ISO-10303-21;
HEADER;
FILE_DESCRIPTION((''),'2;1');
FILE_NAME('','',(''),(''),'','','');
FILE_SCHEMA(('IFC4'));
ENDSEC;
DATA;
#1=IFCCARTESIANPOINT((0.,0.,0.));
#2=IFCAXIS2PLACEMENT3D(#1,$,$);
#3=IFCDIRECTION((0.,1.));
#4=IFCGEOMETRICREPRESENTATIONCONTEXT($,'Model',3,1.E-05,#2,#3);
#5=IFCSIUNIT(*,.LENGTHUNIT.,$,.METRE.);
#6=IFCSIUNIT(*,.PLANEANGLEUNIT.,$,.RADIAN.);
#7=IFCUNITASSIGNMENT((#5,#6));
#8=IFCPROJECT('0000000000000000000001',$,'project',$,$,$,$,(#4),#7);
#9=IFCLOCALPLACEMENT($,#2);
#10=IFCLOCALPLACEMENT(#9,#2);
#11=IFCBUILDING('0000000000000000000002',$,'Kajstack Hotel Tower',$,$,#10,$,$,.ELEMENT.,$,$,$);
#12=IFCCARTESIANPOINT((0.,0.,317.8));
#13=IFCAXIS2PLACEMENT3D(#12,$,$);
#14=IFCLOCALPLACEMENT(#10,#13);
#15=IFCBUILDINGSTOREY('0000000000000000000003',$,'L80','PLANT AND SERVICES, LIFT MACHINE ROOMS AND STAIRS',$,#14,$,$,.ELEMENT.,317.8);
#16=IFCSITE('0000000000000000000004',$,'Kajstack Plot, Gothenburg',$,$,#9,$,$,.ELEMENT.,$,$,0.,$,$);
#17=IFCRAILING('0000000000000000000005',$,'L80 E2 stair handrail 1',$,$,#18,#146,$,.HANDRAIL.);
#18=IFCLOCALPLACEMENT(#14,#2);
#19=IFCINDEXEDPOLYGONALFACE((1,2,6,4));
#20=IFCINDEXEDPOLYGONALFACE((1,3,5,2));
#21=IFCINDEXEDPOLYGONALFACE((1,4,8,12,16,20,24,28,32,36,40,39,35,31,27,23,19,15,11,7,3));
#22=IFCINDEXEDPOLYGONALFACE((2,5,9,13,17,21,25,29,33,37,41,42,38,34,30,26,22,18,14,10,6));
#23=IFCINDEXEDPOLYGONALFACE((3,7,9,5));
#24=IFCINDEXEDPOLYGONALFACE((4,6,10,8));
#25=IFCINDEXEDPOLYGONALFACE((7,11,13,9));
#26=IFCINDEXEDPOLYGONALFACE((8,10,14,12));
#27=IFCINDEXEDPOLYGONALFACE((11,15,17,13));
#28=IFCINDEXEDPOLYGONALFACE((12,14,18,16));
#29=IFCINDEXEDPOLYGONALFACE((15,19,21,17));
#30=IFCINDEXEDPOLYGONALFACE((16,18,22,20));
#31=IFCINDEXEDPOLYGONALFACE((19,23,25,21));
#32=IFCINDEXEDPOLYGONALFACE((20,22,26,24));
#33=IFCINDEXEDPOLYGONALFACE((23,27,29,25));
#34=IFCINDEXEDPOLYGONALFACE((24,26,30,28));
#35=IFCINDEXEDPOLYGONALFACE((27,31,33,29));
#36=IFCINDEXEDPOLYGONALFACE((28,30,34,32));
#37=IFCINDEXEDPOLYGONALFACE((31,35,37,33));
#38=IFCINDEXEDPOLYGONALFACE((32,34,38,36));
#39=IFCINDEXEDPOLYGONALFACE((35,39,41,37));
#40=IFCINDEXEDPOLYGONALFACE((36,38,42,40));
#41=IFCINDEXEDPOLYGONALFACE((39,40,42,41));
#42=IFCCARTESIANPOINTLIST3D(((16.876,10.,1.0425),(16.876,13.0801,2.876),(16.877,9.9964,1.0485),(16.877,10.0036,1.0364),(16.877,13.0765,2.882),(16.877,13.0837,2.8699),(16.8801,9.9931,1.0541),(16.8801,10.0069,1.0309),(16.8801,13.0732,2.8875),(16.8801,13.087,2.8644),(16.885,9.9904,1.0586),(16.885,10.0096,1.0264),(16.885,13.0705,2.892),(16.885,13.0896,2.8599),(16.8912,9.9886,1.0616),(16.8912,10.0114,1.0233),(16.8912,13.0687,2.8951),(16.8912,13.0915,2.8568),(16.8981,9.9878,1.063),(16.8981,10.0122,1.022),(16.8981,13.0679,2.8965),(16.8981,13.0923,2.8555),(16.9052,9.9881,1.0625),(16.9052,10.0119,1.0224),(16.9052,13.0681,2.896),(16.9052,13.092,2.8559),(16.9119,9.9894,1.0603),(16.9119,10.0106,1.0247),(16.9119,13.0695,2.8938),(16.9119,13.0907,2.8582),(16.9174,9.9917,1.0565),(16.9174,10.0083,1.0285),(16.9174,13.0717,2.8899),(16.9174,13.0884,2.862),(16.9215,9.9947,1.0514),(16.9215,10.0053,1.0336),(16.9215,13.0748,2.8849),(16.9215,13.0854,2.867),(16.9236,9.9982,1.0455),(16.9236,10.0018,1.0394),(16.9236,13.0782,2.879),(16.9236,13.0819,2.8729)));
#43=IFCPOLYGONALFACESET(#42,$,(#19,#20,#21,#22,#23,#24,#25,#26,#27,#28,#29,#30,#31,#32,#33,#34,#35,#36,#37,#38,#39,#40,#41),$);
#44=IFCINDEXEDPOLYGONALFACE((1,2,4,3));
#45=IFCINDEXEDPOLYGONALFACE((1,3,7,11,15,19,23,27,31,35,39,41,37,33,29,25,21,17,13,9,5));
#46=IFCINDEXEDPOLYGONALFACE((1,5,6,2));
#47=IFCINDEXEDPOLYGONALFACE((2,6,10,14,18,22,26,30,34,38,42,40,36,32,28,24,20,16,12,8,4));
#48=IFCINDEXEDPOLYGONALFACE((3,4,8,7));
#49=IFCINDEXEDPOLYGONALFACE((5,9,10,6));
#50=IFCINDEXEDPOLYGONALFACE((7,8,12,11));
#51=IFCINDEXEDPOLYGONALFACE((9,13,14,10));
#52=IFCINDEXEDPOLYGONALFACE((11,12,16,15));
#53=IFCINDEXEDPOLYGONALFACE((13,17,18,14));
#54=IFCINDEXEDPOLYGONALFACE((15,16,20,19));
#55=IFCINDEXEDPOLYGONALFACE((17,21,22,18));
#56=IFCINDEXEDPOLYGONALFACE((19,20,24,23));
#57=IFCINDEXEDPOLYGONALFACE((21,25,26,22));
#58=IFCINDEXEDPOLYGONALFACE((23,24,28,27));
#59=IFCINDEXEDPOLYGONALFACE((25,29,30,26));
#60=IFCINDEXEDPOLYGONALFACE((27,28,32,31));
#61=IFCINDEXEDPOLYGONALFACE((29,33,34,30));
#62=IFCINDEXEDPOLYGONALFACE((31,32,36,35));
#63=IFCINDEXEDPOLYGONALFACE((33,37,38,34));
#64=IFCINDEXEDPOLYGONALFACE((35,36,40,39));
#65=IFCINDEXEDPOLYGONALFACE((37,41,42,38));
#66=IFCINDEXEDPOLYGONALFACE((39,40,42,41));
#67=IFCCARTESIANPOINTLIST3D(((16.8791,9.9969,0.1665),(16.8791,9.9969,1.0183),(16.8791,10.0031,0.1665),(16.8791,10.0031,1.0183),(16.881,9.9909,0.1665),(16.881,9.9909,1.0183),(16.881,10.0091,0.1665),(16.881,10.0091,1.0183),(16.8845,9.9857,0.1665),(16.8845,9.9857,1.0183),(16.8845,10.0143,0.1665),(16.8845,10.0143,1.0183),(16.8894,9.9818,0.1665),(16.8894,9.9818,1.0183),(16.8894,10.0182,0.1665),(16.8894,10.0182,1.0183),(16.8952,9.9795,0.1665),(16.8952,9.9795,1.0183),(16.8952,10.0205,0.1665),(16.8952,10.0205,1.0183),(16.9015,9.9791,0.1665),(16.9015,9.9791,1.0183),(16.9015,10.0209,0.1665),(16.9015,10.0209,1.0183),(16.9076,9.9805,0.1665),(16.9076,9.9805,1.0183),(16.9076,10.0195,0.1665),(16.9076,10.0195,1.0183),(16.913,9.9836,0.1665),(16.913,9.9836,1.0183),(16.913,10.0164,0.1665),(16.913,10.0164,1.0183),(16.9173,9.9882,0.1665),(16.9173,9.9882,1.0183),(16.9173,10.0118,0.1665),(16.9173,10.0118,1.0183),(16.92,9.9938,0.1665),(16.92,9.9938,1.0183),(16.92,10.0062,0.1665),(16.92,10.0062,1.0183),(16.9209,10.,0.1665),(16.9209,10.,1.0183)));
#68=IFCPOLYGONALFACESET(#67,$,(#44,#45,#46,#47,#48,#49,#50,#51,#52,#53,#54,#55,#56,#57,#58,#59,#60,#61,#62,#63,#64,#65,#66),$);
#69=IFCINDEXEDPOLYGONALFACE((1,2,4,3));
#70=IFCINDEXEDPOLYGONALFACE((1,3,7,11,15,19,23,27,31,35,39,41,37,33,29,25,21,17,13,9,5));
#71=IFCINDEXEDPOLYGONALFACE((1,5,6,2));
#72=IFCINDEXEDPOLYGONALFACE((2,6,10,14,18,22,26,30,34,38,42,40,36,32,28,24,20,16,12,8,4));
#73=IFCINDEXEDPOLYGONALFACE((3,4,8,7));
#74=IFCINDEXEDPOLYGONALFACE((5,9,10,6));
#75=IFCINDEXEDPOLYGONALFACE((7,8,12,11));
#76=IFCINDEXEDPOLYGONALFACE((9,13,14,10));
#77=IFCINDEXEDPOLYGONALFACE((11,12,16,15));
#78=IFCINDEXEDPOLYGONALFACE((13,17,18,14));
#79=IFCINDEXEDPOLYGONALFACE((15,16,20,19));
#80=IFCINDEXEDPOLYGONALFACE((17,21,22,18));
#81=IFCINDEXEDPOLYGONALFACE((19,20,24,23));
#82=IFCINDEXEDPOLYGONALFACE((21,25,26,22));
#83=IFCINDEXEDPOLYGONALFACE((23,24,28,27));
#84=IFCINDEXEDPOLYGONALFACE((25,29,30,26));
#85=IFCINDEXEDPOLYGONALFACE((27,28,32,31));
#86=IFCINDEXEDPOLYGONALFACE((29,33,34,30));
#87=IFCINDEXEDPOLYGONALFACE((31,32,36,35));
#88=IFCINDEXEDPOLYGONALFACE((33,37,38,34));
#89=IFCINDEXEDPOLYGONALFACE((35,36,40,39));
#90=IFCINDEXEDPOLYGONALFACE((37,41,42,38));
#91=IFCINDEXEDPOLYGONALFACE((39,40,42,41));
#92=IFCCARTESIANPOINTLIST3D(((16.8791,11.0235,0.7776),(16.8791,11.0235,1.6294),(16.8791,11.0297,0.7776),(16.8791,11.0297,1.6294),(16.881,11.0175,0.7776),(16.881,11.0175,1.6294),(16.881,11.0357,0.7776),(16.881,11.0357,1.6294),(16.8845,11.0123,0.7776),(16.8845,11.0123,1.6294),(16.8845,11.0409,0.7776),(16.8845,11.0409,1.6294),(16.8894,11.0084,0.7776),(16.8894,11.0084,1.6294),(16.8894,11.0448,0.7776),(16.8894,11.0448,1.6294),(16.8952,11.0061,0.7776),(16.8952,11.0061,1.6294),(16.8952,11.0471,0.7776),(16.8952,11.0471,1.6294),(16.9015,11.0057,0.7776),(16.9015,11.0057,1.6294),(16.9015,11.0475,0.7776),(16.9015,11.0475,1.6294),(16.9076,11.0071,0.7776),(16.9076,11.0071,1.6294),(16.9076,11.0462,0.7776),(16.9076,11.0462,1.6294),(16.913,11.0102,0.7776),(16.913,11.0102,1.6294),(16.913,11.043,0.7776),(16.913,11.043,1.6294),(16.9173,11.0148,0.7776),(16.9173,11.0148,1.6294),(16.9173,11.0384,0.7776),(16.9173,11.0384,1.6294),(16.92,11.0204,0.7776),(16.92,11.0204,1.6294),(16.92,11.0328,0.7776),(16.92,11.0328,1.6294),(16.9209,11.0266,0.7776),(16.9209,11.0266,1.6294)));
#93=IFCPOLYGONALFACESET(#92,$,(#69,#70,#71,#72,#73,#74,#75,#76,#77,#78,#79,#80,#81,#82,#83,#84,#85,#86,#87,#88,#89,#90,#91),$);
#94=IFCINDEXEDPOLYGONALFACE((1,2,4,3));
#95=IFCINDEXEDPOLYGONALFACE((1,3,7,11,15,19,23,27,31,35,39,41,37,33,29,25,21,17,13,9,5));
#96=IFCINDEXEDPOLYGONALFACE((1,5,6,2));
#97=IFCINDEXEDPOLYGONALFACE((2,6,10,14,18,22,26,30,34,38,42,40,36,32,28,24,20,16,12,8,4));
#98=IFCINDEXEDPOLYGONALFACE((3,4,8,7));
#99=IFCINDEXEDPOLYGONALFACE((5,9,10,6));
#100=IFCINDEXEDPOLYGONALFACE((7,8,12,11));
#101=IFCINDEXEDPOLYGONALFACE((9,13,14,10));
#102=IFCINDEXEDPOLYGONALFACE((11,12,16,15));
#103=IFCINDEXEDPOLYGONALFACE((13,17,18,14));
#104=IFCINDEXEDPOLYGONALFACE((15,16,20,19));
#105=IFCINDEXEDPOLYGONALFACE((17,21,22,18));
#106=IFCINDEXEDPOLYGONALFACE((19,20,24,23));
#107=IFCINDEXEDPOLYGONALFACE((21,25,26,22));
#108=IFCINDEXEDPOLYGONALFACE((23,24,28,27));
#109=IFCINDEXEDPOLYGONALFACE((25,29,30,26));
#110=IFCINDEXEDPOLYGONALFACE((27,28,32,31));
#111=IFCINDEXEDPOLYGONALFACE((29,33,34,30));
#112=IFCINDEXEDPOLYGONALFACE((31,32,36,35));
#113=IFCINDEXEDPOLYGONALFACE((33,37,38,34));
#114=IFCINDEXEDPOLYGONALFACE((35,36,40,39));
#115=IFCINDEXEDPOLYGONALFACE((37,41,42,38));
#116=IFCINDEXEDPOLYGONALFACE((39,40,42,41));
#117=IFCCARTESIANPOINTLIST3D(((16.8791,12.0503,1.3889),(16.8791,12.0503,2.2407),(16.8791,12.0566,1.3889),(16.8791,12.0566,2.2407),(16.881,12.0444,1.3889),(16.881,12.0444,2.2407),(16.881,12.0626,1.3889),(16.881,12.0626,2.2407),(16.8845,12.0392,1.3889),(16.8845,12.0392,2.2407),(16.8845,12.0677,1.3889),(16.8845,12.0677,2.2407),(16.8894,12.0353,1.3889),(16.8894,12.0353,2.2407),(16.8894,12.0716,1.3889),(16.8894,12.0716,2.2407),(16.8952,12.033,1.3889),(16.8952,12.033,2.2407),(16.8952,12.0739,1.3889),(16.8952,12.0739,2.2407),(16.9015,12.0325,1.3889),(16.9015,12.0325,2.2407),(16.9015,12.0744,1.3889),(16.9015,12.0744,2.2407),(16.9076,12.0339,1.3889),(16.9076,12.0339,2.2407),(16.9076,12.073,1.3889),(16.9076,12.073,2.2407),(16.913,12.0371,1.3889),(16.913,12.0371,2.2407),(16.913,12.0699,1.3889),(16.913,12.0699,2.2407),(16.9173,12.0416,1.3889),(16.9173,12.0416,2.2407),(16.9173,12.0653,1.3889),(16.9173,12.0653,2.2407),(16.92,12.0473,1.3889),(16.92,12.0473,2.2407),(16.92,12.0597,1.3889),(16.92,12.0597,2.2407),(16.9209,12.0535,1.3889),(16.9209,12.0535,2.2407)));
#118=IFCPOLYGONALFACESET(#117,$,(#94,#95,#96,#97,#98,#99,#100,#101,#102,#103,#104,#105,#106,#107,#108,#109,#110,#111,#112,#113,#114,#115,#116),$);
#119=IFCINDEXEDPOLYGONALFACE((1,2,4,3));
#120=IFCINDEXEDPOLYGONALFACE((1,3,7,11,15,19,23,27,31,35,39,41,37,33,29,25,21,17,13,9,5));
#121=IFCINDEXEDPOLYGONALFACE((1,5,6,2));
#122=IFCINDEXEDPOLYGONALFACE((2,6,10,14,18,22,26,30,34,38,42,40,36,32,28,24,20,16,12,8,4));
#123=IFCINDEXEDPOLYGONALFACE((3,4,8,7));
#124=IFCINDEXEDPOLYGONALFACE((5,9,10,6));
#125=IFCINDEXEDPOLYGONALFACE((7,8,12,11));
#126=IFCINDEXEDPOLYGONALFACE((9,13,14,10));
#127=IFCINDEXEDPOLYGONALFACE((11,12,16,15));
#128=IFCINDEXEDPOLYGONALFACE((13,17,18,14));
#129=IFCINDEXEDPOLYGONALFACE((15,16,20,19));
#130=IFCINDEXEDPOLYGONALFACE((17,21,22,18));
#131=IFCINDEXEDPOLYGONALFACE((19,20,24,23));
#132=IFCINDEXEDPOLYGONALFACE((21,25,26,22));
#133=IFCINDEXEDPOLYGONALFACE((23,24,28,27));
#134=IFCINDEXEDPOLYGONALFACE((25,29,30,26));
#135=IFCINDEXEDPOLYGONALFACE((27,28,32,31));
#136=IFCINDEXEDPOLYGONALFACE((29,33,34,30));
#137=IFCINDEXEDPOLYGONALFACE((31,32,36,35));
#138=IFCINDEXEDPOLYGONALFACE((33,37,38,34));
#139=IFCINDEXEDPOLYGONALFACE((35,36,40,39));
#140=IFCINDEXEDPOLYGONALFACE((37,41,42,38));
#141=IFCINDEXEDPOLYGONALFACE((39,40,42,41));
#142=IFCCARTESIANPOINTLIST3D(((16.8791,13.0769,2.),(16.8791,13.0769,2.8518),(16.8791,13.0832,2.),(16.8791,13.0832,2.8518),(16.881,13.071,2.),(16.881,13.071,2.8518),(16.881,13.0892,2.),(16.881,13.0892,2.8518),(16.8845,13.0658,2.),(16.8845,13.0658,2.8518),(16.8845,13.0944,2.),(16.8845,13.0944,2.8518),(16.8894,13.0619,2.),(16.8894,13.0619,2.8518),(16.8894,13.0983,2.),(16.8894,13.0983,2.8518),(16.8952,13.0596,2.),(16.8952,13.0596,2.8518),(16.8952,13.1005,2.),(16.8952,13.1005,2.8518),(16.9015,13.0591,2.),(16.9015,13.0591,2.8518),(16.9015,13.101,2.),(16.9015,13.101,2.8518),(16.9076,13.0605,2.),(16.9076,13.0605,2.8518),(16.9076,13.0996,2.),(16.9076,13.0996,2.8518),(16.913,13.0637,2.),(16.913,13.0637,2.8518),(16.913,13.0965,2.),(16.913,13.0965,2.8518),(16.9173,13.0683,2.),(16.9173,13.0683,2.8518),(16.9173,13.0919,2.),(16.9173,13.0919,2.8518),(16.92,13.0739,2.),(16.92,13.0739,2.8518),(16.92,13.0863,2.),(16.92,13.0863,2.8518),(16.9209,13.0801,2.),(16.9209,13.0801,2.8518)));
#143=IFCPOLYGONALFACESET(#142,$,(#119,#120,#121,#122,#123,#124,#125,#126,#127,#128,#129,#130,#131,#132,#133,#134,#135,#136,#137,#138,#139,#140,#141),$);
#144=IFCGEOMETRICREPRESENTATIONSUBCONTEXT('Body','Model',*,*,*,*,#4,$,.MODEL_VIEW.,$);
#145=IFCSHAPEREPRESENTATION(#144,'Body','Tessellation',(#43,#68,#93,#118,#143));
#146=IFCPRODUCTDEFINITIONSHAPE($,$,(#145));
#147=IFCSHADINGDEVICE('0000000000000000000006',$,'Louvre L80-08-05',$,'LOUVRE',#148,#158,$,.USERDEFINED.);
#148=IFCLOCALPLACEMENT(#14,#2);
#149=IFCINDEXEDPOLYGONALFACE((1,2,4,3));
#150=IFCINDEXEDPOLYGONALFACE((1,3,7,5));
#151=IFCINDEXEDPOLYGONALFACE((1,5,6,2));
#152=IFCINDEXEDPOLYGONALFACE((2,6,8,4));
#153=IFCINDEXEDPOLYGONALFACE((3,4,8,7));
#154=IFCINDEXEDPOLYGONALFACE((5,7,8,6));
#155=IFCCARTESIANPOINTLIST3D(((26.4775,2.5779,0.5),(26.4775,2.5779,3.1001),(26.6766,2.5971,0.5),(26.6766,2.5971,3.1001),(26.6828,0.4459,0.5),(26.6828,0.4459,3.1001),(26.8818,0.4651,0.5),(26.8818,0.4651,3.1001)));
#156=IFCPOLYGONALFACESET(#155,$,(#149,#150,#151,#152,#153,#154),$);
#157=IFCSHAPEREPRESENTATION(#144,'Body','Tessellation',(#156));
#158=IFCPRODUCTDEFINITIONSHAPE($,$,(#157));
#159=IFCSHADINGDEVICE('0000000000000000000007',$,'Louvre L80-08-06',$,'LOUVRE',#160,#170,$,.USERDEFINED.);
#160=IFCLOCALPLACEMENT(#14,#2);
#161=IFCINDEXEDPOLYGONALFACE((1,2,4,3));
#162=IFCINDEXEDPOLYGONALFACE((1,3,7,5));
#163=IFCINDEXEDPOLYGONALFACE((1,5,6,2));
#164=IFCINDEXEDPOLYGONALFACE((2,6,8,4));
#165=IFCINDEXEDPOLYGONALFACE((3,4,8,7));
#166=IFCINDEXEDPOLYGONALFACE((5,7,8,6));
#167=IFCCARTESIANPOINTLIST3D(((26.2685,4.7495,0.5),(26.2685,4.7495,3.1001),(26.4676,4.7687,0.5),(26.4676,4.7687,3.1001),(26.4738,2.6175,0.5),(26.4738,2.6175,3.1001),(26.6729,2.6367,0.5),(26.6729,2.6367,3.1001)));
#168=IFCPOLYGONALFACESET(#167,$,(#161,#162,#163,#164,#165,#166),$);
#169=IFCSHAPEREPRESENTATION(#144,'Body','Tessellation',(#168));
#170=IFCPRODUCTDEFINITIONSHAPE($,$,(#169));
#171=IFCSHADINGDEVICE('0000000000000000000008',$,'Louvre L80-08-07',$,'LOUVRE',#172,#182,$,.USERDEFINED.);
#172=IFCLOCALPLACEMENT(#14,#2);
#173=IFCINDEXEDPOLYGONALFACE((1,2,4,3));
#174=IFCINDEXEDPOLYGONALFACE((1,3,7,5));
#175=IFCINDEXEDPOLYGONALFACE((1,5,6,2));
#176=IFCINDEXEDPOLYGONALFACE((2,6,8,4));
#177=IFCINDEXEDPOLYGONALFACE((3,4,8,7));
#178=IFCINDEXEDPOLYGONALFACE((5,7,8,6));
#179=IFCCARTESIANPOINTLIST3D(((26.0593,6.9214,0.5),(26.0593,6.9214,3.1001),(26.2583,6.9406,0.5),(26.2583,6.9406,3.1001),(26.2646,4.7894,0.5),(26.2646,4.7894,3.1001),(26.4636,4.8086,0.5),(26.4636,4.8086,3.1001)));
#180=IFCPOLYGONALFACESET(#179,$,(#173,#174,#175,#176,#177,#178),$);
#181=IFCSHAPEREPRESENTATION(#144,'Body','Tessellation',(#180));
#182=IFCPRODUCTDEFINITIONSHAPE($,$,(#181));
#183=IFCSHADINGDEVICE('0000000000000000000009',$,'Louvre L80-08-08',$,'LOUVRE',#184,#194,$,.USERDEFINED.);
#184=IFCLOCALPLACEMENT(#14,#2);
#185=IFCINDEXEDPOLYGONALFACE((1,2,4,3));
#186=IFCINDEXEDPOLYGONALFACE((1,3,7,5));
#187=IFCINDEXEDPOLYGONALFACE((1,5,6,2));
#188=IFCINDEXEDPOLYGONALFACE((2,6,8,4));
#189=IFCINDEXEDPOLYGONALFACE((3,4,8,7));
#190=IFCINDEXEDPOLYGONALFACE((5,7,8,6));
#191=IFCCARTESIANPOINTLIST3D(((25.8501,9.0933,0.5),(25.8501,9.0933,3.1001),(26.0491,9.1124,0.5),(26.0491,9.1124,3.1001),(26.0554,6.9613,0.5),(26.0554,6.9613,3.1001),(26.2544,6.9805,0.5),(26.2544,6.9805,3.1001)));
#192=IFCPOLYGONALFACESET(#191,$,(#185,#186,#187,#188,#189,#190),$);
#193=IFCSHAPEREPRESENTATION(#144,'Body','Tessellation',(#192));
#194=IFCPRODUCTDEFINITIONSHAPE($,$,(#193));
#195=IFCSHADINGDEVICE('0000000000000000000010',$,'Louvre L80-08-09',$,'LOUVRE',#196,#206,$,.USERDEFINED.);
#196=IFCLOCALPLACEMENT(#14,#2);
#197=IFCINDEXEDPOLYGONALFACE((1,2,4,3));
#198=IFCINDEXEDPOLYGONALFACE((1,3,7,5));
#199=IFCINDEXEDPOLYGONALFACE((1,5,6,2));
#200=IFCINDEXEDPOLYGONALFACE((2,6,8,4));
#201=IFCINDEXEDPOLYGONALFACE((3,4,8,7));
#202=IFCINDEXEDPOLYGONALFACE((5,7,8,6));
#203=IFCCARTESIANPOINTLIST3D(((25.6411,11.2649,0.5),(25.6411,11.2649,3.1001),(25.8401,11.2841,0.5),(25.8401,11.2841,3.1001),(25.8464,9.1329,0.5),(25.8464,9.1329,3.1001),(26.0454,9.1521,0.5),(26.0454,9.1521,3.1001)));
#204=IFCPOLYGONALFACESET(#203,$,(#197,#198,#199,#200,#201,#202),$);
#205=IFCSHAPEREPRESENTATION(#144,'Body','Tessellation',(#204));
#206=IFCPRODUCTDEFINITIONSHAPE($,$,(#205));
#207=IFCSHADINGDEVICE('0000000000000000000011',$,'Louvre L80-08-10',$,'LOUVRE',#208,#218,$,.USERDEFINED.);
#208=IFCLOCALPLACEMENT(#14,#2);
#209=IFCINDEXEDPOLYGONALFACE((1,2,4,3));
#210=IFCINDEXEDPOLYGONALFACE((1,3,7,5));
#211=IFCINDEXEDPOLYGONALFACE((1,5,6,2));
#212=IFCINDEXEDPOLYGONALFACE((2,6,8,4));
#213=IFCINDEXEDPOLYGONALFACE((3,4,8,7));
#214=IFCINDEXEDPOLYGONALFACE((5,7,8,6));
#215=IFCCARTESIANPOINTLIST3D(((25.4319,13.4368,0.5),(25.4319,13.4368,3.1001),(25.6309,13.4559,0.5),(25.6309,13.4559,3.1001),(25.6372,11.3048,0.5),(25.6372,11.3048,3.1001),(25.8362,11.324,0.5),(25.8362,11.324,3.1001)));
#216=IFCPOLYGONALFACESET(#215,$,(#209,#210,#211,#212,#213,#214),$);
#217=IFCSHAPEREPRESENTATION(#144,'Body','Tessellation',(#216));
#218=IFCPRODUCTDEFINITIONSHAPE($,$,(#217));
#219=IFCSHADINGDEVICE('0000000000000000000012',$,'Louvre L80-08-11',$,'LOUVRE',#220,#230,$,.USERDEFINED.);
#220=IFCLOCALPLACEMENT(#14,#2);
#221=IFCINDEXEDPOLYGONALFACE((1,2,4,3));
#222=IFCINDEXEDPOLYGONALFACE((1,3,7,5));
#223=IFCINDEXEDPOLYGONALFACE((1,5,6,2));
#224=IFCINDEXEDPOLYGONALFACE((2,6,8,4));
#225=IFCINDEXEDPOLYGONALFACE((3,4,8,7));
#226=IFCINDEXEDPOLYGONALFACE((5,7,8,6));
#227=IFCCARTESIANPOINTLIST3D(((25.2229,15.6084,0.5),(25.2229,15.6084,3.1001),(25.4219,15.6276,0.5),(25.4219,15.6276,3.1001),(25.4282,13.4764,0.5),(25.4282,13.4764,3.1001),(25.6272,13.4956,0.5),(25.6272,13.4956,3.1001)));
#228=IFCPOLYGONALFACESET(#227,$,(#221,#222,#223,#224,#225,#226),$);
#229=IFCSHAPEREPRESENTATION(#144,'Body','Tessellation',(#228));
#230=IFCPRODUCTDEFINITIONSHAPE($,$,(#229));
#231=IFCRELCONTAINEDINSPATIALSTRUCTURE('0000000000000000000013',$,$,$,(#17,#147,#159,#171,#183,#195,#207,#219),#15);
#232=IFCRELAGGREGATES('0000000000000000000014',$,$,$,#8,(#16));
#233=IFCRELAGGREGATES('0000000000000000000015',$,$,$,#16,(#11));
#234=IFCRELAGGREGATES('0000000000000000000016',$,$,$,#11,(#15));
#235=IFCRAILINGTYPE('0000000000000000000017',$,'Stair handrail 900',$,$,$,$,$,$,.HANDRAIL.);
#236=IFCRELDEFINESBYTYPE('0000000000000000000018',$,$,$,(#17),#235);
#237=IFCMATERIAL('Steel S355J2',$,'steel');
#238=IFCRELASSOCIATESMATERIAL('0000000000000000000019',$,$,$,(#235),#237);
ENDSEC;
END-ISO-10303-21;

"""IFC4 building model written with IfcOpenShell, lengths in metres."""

from ifc_helpers import new_model, si_unit, direction, frame, origin, origin_2d, place, context, subcontext, project, spatial, rectangle, circle, extrude, material, type_object, element, save


model = new_model("IFC4")

# Units and contexts
model_context = context("Model", 3, precision=1e-05, world=origin(), true_north=direction((0.0, 1.0)))
body_context = subcontext(model_context, "Body", "Model", "MODEL_VIEW")
ifc_project = project(units=[si_unit("LENGTHUNIT", "METRE"), si_unit("PLANEANGLEUNIT", "RADIAN")], contexts=[model_context])

# Site, building, storey
site_placement = place(None, origin())
site = spatial("IfcSite", under=ifc_project, at=site_placement, Name="Kajstack Plot, Gothenburg", CompositionType="ELEMENT", RefElevation=0.0)
building_placement = place(site_placement, origin())
building = spatial("IfcBuilding", under=site, at=building_placement, Name="Kajstack Hotel Tower", CompositionType="ELEMENT")
storey_placement = place(building_placement, frame((0.0, 0.0, 317.8)))
storey = spatial("IfcBuildingStorey", under=building, at=storey_placement, Name="L80", Description="PLANT AND SERVICES, LIFT MACHINE ROOMS AND STAIRS", CompositionType="ELEMENT", Elevation=317.8)

# Railing
ifc_material_1 = material(Name="Steel S355J2", Category="steel")
railing_type = type_object("IfcRailingType", Name="Stair handrail 900", PredefinedType="HANDRAIL", material=ifc_material_1)
railing_placement = place(storey_placement, frame((16.8999, 10.0, 0.1665)))
element("IfcRailing", 1, at=railing_placement, inside=storey, type_object=railing_type, Name="L80 E2 stair handrail 1", PredefinedType="HANDRAIL", context=body_context, shape_type="SweptSolid", body=[
    extrude(circle(Radius=0.0239, at=origin_2d()), frame((0.0, 0.0, 0.876), z_axis=(0.0, 0.859279, 0.511508), x_axis=(-1.0, 0.0, 0.0)), (0.0, 0.0, 1.0), 3.5845),
    extrude(circle(Radius=0.021, at=origin_2d()), origin(), (0.0, 0.0, 1.0), 0.8518),
    extrude(circle(Radius=0.021, at=origin_2d()), frame((0.0, 1.0266, 0.6111)), (0.0, 0.0, 1.0), 0.8518),
    extrude(circle(Radius=0.021, at=origin_2d()), frame((0.0, 2.0535, 1.2224)), (0.0, 0.0, 1.0), 0.8518),
    extrude(circle(Radius=0.021, at=origin_2d()), frame((0.0, 3.0801, 1.8335)), (0.0, 0.0, 1.0), 0.8518),
])

# Shading devices
for number, where, z_axis, x_axis, name in (
    (2, (26.6797, 1.5215, 0.5), (0.0, 0.0, 1.0), (-0.095846, 0.995396, 0.0), "Louvre L80-08-05"),
    (3, (26.4707, 3.6931, 0.5), (0.0, 0.0, 1.0), (-0.095846, 0.995396, 0.0), "Louvre L80-08-06"),
    (4, (26.2615, 5.865, 0.5), (0.0, 0.0, 1.0), (-0.095846, 0.995396, 0.0), "Louvre L80-08-07"),
    (5, (26.0522, 8.0369, 0.5), (0.0, 0.0, 1.0), (-0.095846, 0.995396, 0.0), "Louvre L80-08-08"),
    (6, (25.8433, 10.2085, 0.5), (0.0, 0.0, 1.0), (-0.095846, 0.995396, 0.0), "Louvre L80-08-09"),
    (7, (25.634, 12.3804, 0.5), (0.0, 0.0, 1.0), (-0.095846, 0.995396, 0.0), "Louvre L80-08-10"),
    (8, (25.425, 14.552, 0.5), (0.0, 0.0, 1.0), (-0.095846, 0.995396, 0.0), "Louvre L80-08-11"),
):
    element("IfcShadingDevice", number, at=place(storey_placement, frame(where, z_axis=z_axis, x_axis=x_axis)), inside=storey, Name=name, ObjectType="LOUVRE", PredefinedType="USERDEFINED", context=body_context, shape_type="SweptSolid", body=[
        extrude(rectangle(XDim=2.1418, YDim=0.2, at=origin_2d()), origin(), (0.0, 0.0, 1.0), 2.6001),
    ])

save(model, "model.ifc")
